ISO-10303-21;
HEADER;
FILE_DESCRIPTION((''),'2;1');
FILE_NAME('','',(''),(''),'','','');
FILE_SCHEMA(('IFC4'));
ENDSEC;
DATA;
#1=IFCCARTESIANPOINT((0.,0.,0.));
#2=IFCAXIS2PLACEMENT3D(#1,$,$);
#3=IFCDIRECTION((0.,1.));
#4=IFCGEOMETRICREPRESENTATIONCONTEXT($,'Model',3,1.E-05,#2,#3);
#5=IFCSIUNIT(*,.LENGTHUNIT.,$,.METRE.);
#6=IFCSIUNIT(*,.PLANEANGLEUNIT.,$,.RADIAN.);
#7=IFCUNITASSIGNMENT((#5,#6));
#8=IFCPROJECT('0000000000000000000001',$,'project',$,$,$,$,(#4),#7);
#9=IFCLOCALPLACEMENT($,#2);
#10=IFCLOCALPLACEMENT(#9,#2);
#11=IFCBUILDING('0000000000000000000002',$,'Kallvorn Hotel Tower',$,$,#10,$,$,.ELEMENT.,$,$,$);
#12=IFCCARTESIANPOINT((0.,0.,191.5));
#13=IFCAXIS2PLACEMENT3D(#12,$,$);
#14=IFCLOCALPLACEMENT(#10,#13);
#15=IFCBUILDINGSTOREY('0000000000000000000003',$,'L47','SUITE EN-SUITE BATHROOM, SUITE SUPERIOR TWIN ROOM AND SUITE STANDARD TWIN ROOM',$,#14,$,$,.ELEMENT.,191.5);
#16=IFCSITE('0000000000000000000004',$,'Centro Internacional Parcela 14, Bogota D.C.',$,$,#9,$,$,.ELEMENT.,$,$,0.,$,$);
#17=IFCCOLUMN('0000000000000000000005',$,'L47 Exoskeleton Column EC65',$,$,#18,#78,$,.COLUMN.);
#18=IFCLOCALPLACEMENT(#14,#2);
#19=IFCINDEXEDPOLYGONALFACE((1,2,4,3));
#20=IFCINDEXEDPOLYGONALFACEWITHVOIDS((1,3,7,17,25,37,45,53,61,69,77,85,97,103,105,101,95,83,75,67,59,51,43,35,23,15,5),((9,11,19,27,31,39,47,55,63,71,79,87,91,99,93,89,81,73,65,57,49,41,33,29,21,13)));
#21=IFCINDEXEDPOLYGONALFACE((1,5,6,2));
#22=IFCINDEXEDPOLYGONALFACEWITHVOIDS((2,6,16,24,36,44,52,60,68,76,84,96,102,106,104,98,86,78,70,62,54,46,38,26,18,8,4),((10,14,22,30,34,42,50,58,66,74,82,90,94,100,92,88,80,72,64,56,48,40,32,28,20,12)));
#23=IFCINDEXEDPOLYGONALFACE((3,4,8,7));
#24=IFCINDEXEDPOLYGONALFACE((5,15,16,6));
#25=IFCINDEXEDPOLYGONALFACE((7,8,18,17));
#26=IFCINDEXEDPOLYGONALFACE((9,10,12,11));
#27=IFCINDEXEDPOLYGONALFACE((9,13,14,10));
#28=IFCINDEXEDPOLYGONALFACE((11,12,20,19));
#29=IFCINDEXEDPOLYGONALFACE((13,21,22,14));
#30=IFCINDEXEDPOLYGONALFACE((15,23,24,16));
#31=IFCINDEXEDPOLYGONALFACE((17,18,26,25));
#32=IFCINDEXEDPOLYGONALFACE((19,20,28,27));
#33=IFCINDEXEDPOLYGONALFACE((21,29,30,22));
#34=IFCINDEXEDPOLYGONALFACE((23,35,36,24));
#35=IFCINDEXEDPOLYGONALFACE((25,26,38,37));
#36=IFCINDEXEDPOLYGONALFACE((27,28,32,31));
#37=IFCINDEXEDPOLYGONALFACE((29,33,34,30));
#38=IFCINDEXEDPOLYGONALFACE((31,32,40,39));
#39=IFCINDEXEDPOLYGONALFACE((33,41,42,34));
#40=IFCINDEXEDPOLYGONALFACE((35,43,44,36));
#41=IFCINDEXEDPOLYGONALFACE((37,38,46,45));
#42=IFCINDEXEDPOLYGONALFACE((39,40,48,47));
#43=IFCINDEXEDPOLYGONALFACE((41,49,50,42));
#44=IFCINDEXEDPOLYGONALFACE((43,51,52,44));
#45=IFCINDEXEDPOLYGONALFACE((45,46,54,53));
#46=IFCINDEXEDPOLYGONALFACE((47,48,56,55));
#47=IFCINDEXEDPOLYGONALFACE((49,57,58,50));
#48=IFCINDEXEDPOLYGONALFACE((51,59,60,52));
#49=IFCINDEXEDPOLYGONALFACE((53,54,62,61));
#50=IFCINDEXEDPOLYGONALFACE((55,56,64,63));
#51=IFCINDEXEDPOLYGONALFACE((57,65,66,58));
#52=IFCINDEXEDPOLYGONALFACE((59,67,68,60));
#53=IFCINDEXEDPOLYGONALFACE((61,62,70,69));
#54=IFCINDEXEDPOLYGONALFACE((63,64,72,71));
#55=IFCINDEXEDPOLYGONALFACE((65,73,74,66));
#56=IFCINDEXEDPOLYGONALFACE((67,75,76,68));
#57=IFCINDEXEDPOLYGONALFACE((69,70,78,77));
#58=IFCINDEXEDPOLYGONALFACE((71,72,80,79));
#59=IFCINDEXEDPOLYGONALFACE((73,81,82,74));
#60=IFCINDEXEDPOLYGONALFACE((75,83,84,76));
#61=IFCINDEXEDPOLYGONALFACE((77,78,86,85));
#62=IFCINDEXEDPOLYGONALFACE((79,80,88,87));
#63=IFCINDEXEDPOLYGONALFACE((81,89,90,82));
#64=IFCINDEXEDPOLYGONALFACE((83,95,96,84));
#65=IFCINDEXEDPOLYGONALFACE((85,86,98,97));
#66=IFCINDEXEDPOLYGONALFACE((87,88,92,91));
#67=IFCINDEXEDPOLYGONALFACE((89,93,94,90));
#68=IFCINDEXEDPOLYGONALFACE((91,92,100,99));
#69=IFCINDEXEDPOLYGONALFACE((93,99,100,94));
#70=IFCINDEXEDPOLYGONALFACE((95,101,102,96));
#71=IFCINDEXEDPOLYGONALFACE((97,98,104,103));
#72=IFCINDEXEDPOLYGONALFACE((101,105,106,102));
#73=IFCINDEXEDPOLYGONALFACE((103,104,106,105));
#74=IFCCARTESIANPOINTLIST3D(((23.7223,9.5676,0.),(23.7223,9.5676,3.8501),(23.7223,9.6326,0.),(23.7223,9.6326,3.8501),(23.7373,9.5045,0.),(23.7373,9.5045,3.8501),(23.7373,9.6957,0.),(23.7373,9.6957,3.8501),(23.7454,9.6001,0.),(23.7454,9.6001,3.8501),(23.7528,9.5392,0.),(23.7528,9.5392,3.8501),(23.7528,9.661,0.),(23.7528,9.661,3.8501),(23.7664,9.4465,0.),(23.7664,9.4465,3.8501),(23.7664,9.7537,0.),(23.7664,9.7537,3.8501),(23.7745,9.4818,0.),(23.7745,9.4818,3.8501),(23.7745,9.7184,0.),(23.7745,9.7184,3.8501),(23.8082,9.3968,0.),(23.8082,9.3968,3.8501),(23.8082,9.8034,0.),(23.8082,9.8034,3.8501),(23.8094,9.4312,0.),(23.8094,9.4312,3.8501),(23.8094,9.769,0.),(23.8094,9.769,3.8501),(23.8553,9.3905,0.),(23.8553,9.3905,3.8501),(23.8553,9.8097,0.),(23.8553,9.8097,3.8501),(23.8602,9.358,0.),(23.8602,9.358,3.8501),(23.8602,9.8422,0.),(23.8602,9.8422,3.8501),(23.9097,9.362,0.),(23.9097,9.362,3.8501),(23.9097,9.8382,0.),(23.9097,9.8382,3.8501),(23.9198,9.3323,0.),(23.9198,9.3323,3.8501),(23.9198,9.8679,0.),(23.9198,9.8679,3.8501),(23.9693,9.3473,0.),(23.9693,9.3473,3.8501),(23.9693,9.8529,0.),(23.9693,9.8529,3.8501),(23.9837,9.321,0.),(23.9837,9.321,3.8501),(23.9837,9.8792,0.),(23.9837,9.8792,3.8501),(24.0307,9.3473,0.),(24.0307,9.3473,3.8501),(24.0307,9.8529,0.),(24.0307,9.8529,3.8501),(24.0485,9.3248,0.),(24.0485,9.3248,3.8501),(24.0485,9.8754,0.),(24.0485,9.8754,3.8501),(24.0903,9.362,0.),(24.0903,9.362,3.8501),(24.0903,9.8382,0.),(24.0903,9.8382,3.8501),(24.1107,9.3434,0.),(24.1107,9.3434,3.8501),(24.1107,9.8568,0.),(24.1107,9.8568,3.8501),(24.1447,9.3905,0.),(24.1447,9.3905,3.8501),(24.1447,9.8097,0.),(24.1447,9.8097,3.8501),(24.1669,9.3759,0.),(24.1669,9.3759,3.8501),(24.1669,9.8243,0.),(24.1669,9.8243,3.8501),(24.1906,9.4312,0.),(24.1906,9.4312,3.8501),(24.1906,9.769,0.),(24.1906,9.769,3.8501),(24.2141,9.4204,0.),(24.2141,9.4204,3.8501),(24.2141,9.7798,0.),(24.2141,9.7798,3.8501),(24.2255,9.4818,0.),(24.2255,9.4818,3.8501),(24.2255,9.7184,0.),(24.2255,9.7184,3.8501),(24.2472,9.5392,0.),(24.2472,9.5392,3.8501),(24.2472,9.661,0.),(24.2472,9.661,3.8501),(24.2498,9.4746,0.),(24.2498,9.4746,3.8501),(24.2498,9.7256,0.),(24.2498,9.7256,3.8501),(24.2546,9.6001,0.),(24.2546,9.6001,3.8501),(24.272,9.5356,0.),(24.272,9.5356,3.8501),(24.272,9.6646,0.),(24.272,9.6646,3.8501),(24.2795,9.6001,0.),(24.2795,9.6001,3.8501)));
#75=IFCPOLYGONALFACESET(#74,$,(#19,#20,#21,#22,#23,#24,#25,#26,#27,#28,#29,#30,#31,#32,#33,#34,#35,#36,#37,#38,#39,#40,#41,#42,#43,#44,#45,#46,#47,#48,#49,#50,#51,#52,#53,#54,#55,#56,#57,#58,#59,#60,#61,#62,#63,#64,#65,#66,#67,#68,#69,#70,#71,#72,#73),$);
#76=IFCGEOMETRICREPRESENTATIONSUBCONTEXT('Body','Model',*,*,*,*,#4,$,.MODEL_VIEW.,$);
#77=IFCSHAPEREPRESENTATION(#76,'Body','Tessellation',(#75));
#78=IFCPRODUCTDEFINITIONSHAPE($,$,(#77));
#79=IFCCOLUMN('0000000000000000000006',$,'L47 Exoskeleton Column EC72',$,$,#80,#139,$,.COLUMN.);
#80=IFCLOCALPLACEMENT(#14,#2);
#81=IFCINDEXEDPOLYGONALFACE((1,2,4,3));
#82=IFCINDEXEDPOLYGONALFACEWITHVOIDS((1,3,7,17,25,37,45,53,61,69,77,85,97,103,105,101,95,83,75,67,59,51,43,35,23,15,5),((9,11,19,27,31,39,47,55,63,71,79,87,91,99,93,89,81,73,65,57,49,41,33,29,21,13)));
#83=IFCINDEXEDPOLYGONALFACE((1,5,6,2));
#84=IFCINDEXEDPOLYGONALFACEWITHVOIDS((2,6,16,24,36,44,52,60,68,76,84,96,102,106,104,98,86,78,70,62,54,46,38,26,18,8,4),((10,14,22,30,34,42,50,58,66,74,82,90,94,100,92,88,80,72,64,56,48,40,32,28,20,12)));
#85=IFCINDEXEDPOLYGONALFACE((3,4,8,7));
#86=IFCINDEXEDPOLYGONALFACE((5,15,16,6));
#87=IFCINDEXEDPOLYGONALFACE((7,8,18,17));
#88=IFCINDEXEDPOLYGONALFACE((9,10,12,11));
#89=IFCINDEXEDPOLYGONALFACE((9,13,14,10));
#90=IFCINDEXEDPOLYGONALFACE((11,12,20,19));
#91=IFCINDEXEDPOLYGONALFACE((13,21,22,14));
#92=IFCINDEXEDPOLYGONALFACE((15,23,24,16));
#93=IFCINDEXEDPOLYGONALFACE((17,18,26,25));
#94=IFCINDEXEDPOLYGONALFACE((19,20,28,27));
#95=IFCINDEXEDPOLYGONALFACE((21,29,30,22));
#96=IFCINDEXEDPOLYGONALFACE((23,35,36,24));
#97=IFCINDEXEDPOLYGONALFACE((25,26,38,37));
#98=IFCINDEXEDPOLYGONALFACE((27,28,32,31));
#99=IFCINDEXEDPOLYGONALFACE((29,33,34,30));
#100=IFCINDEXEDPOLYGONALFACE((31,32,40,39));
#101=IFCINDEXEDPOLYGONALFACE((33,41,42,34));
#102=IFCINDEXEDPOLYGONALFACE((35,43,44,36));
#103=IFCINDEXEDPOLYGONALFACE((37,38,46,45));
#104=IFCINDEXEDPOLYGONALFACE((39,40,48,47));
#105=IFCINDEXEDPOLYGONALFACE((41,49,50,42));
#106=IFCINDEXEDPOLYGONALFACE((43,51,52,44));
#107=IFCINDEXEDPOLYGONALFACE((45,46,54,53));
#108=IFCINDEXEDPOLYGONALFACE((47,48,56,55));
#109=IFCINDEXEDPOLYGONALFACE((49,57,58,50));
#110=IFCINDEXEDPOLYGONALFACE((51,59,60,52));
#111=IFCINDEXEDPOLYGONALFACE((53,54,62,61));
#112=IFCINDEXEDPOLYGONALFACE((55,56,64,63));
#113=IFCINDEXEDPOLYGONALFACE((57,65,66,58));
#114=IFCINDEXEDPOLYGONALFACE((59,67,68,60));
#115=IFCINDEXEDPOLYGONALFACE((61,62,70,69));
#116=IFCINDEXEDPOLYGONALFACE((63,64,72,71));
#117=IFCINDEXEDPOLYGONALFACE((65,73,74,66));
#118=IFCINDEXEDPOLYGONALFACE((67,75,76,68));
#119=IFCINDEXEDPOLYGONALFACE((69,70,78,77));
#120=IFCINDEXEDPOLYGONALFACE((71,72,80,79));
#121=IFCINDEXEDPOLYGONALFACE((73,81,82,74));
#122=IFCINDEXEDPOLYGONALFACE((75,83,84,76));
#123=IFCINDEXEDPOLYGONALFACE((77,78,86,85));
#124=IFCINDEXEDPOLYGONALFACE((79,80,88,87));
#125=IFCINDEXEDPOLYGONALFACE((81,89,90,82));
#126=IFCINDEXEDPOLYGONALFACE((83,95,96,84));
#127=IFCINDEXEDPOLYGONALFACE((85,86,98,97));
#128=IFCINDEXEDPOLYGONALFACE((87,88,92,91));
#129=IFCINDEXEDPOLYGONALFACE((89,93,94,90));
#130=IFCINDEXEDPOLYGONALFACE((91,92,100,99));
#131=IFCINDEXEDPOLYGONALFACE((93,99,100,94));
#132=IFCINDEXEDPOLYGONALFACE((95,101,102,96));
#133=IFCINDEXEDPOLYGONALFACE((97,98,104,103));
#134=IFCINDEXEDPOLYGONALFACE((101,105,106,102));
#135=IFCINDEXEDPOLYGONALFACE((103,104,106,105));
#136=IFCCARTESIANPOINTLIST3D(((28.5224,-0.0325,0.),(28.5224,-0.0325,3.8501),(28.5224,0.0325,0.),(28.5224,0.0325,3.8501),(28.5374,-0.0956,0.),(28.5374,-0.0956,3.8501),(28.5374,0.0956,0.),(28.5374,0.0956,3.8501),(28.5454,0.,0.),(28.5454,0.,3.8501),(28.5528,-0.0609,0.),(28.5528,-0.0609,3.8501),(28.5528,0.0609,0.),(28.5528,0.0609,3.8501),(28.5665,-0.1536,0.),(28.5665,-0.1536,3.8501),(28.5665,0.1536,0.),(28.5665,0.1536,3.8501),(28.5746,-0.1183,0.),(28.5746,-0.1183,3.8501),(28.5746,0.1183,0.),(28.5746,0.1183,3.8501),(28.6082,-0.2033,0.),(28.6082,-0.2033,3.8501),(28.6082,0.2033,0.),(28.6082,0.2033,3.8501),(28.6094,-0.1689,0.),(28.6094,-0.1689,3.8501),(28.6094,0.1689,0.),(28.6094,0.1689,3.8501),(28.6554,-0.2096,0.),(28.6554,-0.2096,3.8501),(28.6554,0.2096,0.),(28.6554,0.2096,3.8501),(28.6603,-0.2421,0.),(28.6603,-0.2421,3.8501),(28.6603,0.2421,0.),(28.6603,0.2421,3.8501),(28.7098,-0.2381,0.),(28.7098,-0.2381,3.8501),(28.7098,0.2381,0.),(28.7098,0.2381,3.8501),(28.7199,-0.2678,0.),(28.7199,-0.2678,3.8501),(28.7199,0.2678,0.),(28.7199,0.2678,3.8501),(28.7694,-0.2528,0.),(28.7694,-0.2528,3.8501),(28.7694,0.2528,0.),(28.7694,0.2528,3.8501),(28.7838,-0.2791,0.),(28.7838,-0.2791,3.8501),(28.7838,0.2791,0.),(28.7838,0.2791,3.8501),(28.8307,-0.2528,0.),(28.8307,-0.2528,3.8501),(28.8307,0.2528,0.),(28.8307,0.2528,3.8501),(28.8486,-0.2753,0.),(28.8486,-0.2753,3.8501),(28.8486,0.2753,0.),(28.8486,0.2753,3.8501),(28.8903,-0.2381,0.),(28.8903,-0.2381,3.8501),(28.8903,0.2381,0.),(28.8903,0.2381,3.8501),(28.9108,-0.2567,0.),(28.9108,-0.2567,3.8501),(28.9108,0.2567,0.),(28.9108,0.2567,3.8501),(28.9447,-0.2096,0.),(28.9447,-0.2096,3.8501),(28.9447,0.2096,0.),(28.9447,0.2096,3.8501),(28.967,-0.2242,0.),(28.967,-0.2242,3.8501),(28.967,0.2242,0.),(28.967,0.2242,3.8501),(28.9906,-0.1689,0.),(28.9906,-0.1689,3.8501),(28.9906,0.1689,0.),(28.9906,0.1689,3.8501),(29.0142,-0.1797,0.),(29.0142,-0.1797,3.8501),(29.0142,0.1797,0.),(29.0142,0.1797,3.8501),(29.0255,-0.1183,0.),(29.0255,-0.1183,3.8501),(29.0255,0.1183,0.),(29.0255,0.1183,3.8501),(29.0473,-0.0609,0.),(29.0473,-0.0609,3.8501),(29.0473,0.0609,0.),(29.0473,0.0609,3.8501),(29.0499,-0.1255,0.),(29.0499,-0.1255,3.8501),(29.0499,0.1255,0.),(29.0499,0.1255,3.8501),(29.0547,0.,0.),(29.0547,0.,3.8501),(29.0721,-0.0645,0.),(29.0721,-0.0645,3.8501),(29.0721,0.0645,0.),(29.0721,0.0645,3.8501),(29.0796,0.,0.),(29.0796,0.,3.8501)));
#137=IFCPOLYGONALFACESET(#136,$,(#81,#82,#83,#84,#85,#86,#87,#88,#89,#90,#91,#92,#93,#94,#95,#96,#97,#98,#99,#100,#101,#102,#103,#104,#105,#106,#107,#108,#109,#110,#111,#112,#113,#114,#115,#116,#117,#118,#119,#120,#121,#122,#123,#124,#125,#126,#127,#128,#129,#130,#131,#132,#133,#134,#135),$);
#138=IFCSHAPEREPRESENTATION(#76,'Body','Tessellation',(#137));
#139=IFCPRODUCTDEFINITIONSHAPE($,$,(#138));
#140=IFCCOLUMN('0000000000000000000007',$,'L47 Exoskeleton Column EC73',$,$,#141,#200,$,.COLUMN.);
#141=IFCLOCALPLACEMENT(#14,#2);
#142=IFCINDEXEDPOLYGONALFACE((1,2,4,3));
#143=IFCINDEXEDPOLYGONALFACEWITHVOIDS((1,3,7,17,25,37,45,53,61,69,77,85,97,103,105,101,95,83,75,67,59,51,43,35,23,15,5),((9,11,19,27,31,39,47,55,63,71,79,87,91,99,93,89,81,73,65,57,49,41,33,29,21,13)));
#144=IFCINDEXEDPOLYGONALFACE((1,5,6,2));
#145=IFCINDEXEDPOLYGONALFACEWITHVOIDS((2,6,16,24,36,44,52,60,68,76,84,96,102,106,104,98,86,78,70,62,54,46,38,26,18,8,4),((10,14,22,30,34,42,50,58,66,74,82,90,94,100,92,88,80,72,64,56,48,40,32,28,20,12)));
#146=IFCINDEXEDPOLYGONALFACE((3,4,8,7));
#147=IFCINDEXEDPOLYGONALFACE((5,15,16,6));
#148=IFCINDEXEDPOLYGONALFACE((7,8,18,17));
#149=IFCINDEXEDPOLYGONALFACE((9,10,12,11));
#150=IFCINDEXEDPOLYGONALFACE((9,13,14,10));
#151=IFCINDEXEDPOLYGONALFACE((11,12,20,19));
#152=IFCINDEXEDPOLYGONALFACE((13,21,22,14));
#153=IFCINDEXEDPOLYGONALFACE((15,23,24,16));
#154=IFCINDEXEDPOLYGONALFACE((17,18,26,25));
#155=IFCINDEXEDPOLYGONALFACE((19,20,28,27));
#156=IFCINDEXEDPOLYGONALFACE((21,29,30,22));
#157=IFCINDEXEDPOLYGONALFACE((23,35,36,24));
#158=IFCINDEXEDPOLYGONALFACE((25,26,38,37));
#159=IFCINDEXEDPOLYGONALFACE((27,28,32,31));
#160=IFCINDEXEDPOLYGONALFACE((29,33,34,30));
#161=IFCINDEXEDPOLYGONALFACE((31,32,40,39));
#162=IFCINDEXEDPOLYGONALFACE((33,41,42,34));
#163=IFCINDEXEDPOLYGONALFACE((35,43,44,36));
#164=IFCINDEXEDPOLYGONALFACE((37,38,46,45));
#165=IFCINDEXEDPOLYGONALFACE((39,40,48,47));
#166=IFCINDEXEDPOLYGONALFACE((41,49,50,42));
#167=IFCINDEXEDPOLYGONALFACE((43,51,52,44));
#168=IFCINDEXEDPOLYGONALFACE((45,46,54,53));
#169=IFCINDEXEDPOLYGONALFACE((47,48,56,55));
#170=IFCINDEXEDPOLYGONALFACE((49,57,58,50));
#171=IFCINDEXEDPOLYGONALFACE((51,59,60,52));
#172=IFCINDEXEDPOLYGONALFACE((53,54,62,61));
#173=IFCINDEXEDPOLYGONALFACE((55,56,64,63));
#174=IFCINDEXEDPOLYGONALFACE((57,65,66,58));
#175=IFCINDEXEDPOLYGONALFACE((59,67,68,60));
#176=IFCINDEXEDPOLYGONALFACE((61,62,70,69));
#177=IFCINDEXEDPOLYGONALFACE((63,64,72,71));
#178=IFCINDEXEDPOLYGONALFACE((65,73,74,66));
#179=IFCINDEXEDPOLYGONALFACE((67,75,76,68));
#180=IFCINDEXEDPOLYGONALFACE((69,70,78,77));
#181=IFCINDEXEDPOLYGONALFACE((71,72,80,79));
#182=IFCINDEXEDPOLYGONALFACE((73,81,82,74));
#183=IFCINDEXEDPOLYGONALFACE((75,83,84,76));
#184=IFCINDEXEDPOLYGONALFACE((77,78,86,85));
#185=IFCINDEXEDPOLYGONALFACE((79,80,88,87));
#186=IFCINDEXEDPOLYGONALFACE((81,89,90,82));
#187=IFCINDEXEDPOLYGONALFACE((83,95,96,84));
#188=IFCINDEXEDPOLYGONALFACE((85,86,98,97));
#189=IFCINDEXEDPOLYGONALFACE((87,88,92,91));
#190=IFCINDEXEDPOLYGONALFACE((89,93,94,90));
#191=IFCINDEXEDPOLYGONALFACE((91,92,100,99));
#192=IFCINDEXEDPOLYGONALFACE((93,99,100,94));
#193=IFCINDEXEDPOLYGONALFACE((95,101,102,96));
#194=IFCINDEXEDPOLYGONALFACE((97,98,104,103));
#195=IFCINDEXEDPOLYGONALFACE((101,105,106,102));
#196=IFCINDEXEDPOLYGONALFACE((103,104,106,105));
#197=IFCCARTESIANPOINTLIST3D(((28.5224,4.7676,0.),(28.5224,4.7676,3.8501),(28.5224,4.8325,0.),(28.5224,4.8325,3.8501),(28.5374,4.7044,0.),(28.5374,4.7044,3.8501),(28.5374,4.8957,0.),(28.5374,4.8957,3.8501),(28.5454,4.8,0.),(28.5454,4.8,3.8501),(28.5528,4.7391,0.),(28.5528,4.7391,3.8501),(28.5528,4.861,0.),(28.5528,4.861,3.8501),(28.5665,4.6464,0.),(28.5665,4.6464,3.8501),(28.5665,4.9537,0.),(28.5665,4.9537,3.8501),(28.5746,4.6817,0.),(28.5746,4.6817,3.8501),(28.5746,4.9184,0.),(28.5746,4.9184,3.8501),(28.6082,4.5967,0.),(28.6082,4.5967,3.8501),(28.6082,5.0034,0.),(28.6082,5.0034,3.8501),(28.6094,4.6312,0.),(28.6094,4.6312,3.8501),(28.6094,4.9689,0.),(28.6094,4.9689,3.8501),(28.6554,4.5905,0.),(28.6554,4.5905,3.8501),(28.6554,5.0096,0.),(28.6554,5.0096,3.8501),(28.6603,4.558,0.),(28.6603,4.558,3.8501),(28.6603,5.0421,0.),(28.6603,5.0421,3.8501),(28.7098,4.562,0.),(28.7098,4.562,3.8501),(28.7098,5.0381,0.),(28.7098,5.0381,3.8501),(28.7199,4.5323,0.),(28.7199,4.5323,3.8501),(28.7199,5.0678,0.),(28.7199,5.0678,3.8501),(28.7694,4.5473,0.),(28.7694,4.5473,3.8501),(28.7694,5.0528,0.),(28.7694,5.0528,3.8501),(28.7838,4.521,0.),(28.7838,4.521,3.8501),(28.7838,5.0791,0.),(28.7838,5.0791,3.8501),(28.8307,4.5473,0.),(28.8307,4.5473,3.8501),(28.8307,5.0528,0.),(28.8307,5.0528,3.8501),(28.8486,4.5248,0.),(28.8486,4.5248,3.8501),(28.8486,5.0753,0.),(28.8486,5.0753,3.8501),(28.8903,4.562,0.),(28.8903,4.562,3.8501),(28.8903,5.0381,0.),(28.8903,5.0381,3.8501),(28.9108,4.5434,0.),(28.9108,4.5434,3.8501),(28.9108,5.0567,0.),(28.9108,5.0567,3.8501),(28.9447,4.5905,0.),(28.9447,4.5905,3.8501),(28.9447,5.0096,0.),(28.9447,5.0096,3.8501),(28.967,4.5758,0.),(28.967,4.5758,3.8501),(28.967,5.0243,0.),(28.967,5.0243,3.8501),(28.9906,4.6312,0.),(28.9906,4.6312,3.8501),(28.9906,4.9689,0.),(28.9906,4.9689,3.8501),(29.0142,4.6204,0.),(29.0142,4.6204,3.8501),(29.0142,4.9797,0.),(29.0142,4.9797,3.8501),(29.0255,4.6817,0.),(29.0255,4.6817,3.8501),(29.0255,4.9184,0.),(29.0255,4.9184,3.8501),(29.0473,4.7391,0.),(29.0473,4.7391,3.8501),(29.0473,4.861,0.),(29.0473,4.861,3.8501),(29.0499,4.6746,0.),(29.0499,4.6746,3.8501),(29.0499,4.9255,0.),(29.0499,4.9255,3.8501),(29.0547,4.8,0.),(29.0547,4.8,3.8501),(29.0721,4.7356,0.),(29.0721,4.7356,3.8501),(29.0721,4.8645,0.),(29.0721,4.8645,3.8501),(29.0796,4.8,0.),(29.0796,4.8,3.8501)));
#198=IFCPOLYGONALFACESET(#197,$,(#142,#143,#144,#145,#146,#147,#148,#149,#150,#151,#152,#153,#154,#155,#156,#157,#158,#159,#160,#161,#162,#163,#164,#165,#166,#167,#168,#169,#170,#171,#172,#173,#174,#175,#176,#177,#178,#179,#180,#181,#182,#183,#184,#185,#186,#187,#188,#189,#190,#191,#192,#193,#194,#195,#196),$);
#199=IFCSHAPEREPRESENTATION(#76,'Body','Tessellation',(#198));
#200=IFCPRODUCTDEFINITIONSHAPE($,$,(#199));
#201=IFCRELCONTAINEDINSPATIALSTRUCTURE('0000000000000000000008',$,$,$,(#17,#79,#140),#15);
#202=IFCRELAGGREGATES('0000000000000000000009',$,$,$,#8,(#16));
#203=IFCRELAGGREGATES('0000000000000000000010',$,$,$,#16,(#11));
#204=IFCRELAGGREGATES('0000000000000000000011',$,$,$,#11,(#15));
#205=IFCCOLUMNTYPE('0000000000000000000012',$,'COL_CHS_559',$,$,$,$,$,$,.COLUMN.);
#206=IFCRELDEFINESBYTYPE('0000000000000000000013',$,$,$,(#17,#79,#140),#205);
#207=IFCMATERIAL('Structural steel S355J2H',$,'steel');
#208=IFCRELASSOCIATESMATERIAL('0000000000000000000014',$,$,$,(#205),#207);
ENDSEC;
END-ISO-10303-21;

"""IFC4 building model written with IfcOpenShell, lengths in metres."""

from ifc_helpers import new_model, si_unit, direction, frame, origin, origin_2d, place, context, subcontext, project, spatial, hollow_circle, extrude, material, material_profile, profile_set, type_object, element, save


model = new_model("IFC4")

# Units and contexts
model_context = context("Model", 3, precision=1e-05, world=origin(), true_north=direction((0.0, 1.0)))
body_context = subcontext(model_context, "Body", "Model", "MODEL_VIEW")
ifc_project = project(units=[si_unit("LENGTHUNIT", "METRE"), si_unit("PLANEANGLEUNIT", "RADIAN")], contexts=[model_context])

# Site, building, storey
site_placement = place(None, origin())
site = spatial("IfcSite", under=ifc_project, at=site_placement, Name="Centro Internacional Parcela 14, Bogota D.C.", CompositionType="ELEMENT", RefElevation=0.0)
building_placement = place(site_placement, origin())
building = spatial("IfcBuilding", under=site, at=building_placement, Name="Kallvorn Hotel Tower", CompositionType="ELEMENT")
storey_placement = place(building_placement, frame((0.0, 0.0, 191.5)))
storey = spatial("IfcBuildingStorey", under=building, at=storey_placement, Name="L47", Description="SUITE EN-SUITE BATHROOM, SUITE SUPERIOR TWIN ROOM AND SUITE STANDARD TWIN ROOM", CompositionType="ELEMENT", Elevation=191.5)

# Columns
ifc_material_1 = material(Name="Structural steel S355J2H", Category="steel")
ifc_material_profile_1 = material_profile(ifc_material_1, hollow_circle(Radius=0.2795, WallThickness=0.0249, at=origin_2d()), Name="CHS 559x25")
ifc_profile_set_1 = profile_set([ifc_material_profile_1], Name="Structural steel S355J2H")
column_type_1 = type_object("IfcColumnType", Name="COL_CHS_559", PredefinedType="COLUMN", material=ifc_profile_set_1)
for number, where, z_axis, x_axis, name in (
    (1, (24.0, 9.6001, 0.0), (0.0, 0.0, 1.0), (1.0, 0.0, 0.0), "L47 Exoskeleton Column EC65"),
    (2, (28.8, 0.0, 0.0), (0.0, 0.0, 1.0), (1.0, 0.0, 0.0), "L47 Exoskeleton Column EC72"),
    (3, (28.8, 4.8, 0.0), (0.0, 0.0, 1.0), (1.0, 0.0, 0.0), "L47 Exoskeleton Column EC73"),
):
    element("IfcColumn", number, at=place(storey_placement, frame(where, z_axis=z_axis, x_axis=x_axis)), inside=storey, type_object=column_type_1, Name=name, PredefinedType="COLUMN", context=body_context, shape_type="SweptSolid", body=[
        extrude(hollow_circle(Radius=0.2795, WallThickness=0.0249, at=origin_2d()), origin(), (0.0, 0.0, 1.0), 3.8501),
    ])

save(model, "model.ifc")
